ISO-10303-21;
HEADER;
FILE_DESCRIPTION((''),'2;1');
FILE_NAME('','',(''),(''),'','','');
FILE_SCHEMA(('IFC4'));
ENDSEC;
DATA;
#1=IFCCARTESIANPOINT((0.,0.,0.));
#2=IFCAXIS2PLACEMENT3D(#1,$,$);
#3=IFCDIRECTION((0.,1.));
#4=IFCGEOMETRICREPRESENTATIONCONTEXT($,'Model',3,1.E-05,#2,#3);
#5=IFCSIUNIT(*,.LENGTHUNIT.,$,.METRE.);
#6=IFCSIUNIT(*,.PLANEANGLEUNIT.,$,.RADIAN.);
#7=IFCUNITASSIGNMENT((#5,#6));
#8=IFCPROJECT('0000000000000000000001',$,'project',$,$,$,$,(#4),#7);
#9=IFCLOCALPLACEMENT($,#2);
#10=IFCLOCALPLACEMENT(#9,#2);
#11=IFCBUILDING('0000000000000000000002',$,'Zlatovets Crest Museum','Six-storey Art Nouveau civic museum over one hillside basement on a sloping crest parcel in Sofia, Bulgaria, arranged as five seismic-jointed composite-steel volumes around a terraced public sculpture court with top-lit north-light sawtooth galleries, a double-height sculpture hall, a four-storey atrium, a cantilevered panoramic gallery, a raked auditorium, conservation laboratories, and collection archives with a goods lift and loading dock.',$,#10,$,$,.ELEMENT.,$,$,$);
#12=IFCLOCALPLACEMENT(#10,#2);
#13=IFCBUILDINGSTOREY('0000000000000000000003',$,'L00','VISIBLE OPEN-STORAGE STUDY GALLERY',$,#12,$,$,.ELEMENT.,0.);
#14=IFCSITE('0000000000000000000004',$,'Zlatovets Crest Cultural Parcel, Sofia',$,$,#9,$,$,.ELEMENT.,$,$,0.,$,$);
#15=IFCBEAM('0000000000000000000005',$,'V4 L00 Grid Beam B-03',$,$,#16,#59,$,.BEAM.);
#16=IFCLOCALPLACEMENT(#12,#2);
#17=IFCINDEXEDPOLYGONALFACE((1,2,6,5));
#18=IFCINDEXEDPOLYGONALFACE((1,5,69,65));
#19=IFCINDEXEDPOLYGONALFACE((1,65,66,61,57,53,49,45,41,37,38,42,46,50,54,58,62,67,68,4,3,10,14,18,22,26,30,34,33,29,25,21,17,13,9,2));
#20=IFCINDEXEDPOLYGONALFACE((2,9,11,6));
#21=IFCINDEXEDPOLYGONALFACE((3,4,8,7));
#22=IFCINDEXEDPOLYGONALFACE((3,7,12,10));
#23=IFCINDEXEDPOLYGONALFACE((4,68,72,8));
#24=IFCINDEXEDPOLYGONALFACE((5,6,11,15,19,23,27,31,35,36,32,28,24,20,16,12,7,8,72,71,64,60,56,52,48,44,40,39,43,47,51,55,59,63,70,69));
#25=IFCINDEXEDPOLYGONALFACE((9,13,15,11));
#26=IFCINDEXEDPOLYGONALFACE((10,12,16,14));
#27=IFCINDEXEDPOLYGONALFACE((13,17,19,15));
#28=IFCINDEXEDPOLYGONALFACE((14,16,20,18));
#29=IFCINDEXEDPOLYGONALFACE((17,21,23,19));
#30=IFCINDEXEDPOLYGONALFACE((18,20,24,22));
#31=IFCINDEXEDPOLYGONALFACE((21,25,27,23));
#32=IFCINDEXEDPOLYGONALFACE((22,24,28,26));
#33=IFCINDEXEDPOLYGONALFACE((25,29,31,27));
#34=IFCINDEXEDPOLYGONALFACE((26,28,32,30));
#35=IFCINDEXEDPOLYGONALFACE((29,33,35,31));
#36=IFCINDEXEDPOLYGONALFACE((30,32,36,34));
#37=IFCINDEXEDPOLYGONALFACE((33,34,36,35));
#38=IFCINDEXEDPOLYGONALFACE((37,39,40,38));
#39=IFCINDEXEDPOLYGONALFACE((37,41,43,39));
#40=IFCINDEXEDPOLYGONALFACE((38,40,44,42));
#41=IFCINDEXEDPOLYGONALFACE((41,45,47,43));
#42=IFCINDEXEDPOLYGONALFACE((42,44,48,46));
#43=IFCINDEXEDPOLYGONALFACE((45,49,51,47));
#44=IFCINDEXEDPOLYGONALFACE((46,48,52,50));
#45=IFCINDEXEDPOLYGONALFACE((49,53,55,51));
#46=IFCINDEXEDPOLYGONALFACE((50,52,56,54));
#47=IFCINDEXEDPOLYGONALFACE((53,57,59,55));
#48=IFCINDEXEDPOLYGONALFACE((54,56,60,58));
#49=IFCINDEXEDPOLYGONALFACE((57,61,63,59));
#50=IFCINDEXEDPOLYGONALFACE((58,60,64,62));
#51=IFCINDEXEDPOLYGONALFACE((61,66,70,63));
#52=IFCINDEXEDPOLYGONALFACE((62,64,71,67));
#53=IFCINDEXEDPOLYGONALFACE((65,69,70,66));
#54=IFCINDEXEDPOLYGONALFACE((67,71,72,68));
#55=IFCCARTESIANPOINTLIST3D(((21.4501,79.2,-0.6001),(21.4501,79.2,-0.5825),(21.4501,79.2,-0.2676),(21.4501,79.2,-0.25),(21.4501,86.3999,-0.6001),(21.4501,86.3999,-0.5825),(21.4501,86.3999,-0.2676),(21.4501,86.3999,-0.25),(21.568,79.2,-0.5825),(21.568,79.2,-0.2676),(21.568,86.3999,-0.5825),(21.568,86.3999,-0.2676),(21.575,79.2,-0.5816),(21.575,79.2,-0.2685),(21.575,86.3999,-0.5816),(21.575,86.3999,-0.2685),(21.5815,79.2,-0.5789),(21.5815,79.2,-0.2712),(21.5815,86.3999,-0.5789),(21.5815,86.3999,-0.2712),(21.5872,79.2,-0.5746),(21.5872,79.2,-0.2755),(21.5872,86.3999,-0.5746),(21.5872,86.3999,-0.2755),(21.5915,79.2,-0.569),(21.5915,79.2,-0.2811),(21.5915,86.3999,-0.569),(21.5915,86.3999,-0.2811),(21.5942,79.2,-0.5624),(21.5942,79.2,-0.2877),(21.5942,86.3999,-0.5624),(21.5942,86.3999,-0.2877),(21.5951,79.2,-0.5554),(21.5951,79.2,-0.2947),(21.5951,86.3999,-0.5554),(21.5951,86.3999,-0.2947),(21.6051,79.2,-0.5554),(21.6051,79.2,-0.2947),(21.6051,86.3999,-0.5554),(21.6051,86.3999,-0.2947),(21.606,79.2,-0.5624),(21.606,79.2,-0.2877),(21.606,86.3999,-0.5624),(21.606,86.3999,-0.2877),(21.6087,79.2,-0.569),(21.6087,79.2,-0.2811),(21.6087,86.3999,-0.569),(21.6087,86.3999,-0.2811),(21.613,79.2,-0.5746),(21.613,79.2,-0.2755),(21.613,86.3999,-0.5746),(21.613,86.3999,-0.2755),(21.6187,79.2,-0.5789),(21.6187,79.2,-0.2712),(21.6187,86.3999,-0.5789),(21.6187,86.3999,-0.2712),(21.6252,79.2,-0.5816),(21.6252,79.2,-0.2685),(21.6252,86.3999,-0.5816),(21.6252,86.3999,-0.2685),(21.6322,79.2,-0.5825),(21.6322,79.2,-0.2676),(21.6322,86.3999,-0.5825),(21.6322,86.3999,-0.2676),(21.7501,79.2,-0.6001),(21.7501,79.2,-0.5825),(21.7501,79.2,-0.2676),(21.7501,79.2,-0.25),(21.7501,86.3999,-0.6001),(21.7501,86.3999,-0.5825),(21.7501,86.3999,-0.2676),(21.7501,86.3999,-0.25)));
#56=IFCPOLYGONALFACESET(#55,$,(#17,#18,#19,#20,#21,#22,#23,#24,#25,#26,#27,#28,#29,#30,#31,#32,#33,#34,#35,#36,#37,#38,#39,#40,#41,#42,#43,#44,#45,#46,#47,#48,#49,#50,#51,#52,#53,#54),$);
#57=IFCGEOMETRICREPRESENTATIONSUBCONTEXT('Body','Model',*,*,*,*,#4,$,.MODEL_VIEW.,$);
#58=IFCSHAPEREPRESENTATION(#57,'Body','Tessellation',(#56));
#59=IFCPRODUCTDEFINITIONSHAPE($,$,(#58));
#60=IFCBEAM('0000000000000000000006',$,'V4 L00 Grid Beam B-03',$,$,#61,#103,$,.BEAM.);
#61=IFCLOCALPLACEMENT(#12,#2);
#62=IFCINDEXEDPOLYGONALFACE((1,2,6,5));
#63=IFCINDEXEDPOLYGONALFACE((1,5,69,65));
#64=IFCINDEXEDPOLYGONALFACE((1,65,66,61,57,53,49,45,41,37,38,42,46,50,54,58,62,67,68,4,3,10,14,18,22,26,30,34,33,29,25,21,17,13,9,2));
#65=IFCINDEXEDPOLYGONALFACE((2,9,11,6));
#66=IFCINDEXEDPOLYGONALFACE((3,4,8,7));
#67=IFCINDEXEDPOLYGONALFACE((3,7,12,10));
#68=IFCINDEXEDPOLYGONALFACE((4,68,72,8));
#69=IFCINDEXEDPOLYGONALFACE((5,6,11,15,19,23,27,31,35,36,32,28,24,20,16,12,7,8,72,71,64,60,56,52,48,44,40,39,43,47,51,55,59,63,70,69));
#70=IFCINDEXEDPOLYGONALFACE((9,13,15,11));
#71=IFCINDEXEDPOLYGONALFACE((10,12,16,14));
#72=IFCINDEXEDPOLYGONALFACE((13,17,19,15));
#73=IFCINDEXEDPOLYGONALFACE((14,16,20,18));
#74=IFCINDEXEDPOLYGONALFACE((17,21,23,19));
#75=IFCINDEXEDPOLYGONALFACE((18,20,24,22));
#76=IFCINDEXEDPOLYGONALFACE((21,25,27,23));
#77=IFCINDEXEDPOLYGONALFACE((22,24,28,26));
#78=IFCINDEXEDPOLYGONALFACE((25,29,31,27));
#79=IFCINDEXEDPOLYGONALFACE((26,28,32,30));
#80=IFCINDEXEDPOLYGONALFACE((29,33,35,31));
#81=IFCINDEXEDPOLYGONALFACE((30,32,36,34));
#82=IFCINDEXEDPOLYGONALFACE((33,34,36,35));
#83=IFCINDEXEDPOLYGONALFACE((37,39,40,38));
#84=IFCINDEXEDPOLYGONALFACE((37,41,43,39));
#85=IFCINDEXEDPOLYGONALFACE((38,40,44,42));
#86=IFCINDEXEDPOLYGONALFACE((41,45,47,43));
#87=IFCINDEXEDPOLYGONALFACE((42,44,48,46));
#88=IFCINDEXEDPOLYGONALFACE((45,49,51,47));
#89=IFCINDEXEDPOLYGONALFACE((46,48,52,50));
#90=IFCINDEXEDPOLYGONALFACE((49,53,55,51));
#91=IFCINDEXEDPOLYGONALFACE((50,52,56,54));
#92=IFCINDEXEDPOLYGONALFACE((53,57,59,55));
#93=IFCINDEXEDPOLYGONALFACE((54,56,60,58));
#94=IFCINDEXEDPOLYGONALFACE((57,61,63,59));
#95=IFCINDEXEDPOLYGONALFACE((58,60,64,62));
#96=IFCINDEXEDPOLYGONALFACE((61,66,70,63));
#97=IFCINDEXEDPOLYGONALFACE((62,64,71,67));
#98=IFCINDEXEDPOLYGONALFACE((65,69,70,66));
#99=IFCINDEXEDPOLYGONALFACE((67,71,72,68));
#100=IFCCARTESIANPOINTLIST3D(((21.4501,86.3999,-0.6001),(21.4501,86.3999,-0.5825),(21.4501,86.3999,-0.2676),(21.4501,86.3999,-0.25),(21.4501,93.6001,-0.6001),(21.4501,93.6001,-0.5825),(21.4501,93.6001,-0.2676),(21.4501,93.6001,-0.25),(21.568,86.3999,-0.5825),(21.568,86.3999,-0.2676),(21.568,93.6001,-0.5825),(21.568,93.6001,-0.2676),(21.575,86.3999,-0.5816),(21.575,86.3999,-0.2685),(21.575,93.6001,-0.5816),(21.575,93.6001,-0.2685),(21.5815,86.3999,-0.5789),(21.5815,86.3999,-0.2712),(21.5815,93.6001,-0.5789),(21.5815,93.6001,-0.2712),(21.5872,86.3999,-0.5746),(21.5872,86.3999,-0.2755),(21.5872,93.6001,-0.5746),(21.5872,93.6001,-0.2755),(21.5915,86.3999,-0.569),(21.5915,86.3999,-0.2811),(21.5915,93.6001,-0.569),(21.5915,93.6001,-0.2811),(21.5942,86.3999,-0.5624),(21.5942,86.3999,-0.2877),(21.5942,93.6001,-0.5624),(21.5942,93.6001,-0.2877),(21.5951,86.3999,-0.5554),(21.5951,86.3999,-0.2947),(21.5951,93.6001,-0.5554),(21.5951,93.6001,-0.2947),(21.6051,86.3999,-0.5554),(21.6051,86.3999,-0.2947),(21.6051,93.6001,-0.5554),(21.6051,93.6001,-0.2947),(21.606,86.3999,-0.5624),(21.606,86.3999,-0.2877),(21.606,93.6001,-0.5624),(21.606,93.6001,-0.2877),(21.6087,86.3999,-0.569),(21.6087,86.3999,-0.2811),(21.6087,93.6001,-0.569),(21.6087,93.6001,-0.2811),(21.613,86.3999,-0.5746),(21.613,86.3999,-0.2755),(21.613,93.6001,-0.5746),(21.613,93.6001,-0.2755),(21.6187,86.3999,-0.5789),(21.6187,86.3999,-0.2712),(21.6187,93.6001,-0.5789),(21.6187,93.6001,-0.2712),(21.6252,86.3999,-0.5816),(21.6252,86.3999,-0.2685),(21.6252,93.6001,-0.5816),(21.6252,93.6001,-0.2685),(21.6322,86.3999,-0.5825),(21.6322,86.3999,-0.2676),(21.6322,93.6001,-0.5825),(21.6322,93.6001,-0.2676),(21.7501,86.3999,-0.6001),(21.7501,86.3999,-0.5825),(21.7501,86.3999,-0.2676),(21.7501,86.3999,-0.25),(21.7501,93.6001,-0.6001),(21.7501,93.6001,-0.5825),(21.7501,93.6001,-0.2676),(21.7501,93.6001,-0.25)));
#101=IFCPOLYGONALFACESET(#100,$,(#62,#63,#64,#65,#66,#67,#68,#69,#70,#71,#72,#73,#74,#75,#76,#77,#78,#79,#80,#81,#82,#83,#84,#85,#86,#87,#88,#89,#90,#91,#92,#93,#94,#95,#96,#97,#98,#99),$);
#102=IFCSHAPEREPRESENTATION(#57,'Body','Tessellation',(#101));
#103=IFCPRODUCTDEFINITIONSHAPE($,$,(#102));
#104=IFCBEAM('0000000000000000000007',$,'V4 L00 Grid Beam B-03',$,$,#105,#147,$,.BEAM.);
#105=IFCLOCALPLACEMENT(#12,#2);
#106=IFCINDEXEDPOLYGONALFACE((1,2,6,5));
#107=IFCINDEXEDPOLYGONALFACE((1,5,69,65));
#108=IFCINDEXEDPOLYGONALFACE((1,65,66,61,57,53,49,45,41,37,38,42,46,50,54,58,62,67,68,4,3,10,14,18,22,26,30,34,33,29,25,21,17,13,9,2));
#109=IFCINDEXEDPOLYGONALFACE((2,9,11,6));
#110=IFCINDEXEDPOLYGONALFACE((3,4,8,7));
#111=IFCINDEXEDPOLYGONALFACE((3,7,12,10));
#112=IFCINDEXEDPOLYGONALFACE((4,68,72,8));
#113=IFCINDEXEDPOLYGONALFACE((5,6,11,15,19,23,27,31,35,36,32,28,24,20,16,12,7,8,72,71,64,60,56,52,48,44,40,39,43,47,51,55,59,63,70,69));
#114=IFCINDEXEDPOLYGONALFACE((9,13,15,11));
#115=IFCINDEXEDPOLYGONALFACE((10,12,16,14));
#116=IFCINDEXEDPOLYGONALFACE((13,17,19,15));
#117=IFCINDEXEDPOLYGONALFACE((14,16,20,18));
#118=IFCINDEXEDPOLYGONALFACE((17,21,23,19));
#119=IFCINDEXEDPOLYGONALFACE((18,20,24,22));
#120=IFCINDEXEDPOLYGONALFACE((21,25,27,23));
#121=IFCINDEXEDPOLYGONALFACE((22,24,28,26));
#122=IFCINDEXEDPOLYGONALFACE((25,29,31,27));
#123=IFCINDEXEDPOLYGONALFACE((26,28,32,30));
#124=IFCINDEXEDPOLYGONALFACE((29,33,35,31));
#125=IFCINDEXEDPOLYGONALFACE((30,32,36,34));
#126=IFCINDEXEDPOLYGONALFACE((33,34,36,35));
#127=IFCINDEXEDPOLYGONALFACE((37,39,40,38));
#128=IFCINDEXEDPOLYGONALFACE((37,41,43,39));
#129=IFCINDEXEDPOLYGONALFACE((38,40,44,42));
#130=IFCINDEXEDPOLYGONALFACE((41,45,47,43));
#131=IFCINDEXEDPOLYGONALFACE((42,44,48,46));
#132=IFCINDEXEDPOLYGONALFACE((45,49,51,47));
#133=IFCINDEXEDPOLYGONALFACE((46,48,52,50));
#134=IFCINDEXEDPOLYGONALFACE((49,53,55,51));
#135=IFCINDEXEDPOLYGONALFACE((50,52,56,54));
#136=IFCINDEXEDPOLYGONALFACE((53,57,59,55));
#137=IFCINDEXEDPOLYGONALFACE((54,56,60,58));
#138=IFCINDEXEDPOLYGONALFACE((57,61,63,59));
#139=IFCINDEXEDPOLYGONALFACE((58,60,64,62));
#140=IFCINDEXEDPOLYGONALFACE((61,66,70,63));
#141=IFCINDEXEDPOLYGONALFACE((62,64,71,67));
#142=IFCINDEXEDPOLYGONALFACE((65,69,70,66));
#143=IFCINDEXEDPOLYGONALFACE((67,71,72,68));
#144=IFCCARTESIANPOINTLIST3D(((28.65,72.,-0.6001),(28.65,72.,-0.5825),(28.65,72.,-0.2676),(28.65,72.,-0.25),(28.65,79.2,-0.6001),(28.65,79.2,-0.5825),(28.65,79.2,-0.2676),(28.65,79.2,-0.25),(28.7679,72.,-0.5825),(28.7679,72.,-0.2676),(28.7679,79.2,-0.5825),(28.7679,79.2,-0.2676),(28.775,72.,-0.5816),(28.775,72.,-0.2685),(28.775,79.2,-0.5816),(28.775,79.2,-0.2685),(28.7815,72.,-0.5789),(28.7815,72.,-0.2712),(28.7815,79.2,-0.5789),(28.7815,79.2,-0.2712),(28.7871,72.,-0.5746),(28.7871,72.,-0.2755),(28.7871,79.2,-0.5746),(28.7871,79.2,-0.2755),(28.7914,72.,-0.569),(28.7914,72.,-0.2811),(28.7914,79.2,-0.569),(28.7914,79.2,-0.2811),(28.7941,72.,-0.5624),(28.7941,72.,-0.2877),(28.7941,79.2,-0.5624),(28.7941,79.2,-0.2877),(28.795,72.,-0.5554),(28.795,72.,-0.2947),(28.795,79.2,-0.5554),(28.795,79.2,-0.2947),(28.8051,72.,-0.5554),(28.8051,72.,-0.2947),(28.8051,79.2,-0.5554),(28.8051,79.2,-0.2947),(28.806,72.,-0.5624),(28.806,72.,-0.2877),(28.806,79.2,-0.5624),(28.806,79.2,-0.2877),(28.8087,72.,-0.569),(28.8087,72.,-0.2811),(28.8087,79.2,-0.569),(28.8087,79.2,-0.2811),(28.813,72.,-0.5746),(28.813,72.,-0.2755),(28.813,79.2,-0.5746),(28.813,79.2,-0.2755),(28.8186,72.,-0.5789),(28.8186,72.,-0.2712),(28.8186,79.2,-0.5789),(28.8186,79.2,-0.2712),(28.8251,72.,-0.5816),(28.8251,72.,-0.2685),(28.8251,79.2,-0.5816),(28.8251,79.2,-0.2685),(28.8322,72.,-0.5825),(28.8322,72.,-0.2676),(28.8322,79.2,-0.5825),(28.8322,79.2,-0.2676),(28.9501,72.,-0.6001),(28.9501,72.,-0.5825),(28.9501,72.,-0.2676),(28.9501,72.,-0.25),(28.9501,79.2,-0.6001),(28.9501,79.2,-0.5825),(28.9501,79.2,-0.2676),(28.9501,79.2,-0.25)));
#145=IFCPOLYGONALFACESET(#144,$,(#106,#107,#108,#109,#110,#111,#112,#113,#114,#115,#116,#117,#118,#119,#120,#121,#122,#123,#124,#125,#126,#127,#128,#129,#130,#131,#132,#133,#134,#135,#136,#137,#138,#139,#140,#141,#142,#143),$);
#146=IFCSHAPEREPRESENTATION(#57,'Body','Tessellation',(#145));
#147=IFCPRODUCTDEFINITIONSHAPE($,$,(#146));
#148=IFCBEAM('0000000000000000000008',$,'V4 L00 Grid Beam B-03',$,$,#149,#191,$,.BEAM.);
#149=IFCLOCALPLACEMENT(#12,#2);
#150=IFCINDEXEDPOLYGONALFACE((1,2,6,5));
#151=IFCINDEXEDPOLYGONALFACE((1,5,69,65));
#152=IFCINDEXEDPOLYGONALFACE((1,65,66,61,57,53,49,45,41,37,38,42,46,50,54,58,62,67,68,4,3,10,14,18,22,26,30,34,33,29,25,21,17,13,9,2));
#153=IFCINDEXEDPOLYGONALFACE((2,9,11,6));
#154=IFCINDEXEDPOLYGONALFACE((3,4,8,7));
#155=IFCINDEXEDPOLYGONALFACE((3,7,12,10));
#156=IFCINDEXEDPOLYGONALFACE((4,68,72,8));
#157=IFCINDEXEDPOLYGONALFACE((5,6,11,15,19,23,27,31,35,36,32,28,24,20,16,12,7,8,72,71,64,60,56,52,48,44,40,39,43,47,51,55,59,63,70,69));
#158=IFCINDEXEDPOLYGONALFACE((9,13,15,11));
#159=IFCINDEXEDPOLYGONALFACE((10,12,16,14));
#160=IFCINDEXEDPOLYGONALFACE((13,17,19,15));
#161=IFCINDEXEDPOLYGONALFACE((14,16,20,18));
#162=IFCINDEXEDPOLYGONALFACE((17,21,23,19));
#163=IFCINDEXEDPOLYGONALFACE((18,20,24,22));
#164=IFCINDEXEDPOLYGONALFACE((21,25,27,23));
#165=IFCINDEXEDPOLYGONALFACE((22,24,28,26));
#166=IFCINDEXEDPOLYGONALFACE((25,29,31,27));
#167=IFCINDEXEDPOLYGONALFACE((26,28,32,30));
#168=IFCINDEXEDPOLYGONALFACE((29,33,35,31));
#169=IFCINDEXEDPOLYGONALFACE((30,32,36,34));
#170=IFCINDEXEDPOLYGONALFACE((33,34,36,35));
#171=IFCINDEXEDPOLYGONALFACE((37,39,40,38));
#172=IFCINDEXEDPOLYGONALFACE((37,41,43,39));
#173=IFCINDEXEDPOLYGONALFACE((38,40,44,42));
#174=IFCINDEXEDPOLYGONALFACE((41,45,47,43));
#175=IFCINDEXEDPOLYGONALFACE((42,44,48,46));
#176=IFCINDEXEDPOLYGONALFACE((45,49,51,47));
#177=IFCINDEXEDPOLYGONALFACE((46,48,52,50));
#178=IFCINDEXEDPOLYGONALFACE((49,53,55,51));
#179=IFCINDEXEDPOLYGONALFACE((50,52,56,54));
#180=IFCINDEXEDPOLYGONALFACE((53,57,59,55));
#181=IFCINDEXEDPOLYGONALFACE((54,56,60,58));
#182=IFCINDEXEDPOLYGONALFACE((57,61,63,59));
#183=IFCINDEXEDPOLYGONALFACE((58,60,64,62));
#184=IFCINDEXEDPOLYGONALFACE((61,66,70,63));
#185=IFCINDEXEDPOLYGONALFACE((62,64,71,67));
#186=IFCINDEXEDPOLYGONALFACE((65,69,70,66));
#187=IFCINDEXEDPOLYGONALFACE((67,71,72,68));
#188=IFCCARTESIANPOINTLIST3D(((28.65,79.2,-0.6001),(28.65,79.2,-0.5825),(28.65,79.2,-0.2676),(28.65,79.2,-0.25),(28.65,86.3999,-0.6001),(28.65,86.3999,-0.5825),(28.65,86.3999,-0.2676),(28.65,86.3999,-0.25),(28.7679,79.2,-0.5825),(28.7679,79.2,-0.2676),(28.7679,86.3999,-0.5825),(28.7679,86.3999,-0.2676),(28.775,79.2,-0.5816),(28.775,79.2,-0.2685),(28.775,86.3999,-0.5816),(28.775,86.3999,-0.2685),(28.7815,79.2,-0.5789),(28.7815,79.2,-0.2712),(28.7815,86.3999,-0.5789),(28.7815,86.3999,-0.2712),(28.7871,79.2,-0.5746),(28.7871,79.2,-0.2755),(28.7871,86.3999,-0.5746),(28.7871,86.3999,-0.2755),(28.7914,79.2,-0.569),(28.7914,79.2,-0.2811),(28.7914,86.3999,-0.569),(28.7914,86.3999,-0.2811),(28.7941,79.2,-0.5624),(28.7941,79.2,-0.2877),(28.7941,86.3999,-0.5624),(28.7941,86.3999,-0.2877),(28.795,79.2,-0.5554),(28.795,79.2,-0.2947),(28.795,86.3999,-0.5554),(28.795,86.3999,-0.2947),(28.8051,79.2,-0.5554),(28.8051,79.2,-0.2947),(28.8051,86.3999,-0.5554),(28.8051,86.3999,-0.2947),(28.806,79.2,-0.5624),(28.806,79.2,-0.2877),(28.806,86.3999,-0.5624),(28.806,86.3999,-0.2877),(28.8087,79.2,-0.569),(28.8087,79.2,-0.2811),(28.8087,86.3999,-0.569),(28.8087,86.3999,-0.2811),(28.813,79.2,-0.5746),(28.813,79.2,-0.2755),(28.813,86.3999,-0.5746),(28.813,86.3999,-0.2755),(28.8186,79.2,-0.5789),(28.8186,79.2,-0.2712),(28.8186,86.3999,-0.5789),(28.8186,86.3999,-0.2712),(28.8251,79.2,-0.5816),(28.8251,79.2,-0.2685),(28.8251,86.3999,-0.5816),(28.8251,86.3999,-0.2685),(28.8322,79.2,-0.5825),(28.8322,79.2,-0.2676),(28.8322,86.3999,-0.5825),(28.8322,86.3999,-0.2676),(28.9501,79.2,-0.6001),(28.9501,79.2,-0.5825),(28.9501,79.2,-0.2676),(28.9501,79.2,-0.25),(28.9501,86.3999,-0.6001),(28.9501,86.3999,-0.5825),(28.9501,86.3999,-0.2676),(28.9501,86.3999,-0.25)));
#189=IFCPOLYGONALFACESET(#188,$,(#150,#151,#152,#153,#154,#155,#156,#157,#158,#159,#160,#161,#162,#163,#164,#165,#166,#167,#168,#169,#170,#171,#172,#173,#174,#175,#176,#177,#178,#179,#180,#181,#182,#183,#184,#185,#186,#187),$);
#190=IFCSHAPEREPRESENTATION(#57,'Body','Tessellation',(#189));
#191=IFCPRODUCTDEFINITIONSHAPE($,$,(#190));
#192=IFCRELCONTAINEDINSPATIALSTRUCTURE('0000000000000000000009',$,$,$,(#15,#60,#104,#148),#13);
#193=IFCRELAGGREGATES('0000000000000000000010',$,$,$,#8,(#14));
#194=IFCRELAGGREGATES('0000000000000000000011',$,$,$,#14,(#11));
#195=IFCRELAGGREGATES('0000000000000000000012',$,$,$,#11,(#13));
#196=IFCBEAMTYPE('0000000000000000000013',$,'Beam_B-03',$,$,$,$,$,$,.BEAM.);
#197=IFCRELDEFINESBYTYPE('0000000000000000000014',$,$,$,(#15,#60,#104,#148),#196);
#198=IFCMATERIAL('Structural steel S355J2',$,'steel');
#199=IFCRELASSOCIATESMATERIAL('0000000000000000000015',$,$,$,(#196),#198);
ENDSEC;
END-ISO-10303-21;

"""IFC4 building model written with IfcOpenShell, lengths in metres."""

from ifc_helpers import new_model, si_unit, direction, frame, origin, origin_2d, place, context, subcontext, project, spatial, i_section, extrude, material, material_profile, profile_set, type_object, element, save


model = new_model("IFC4")

# Units and contexts
model_context = context("Model", 3, precision=1e-05, world=origin(), true_north=direction((0.0, 1.0)))
body_context = subcontext(model_context, "Body", "Model", "MODEL_VIEW")
ifc_project = project(units=[si_unit("LENGTHUNIT", "METRE"), si_unit("PLANEANGLEUNIT", "RADIAN")], contexts=[model_context])

# Site, building, storey
site_placement = place(None, origin())
site = spatial("IfcSite", under=ifc_project, at=site_placement, Name="Zlatovets Crest Cultural Parcel, Sofia", CompositionType="ELEMENT", RefElevation=0.0)
building_placement = place(site_placement, origin())
building = spatial("IfcBuilding", under=site, at=building_placement, Name="Zlatovets Crest Museum", Description="Six-storey Art Nouveau civic museum over one hillside basement on a sloping crest parcel in Sofia, Bulgaria, arranged as five seismic-jointed composite-steel volumes around a terraced public sculpture court with top-lit north-light sawtooth galleries, a double-height sculpture hall, a four-storey atrium, a cantilevered panoramic gallery, a raked auditorium, conservation laboratories, and collection archives with a goods lift and loading dock.", CompositionType="ELEMENT")
storey_placement = place(building_placement, origin())
storey = spatial("IfcBuildingStorey", under=building, at=storey_placement, Name="L00", Description="VISIBLE OPEN-STORAGE STUDY GALLERY", CompositionType="ELEMENT", Elevation=0.0)

# Shared definitions
ifc_material_1 = material(Name="Structural steel S355J2", Category="steel")

# Beams
ifc_material_profile_1 = material_profile(ifc_material_1, i_section(OverallWidth=0.3, OverallDepth=0.3501, WebThickness=0.01, FlangeThickness=0.0176, FilletRadius=0.0271, at=origin_2d()), Name="HEA 360")
ifc_profile_set_1 = profile_set([ifc_material_profile_1], Name="Structural steel S355J2")
beam_type_1 = type_object("IfcBeamType", Name="Beam_B-03", PredefinedType="BEAM", material=ifc_profile_set_1)
for number, where, z_axis, x_axis, name in (
    (1, (21.6001, 79.2, -0.425), (0.0, 1.0, 0.0), (-1.0, 0.0, 0.0), "V4 L00 Grid Beam B-03"),
):
    element("IfcBeam", number, at=place(storey_placement, frame(where, z_axis=z_axis, x_axis=x_axis)), inside=storey, type_object=beam_type_1, Name=name, PredefinedType="BEAM", context=body_context, shape_type="SweptSolid", body=[
        extrude(i_section(OverallWidth=0.3, OverallDepth=0.3501, WebThickness=0.01, FlangeThickness=0.0176, FilletRadius=0.0271, at=origin_2d()), origin(), (0.0, 0.0, 1.0), 7.2),
    ])
beam_1_placement = place(storey_placement, frame((21.6001, 86.3999, -0.425), z_axis=(0.0, 1.0, 0.0), x_axis=(-1.0, 0.0, 0.0)))
element("IfcBeam", 2, at=beam_1_placement, inside=storey, type_object=beam_type_1, Name="V4 L00 Grid Beam B-03", PredefinedType="BEAM", context=body_context, shape_type="SweptSolid", body=[
    extrude(i_section(OverallWidth=0.3, OverallDepth=0.3501, WebThickness=0.01, FlangeThickness=0.0176, FilletRadius=0.0271, at=origin_2d()), origin(), (0.0, 0.0, 1.0), 7.2002),
])
for number, where, z_axis, x_axis, name in (
    (3, (28.8, 72.0, -0.425), (0.0, 1.0, 0.0), (-1.0, 0.0, 0.0), "V4 L00 Grid Beam B-03"),
    (4, (28.8, 79.2, -0.425), (0.0, 1.0, 0.0), (-1.0, 0.0, 0.0), "V4 L00 Grid Beam B-03"),
):
    element("IfcBeam", number, at=place(storey_placement, frame(where, z_axis=z_axis, x_axis=x_axis)), inside=storey, type_object=beam_type_1, Name=name, PredefinedType="BEAM", context=body_context, shape_type="SweptSolid", body=[
        extrude(i_section(OverallWidth=0.3, OverallDepth=0.3501, WebThickness=0.01, FlangeThickness=0.0176, FilletRadius=0.0271, at=origin_2d()), origin(), (0.0, 0.0, 1.0), 7.2),
    ])

save(model, "model.ifc")
